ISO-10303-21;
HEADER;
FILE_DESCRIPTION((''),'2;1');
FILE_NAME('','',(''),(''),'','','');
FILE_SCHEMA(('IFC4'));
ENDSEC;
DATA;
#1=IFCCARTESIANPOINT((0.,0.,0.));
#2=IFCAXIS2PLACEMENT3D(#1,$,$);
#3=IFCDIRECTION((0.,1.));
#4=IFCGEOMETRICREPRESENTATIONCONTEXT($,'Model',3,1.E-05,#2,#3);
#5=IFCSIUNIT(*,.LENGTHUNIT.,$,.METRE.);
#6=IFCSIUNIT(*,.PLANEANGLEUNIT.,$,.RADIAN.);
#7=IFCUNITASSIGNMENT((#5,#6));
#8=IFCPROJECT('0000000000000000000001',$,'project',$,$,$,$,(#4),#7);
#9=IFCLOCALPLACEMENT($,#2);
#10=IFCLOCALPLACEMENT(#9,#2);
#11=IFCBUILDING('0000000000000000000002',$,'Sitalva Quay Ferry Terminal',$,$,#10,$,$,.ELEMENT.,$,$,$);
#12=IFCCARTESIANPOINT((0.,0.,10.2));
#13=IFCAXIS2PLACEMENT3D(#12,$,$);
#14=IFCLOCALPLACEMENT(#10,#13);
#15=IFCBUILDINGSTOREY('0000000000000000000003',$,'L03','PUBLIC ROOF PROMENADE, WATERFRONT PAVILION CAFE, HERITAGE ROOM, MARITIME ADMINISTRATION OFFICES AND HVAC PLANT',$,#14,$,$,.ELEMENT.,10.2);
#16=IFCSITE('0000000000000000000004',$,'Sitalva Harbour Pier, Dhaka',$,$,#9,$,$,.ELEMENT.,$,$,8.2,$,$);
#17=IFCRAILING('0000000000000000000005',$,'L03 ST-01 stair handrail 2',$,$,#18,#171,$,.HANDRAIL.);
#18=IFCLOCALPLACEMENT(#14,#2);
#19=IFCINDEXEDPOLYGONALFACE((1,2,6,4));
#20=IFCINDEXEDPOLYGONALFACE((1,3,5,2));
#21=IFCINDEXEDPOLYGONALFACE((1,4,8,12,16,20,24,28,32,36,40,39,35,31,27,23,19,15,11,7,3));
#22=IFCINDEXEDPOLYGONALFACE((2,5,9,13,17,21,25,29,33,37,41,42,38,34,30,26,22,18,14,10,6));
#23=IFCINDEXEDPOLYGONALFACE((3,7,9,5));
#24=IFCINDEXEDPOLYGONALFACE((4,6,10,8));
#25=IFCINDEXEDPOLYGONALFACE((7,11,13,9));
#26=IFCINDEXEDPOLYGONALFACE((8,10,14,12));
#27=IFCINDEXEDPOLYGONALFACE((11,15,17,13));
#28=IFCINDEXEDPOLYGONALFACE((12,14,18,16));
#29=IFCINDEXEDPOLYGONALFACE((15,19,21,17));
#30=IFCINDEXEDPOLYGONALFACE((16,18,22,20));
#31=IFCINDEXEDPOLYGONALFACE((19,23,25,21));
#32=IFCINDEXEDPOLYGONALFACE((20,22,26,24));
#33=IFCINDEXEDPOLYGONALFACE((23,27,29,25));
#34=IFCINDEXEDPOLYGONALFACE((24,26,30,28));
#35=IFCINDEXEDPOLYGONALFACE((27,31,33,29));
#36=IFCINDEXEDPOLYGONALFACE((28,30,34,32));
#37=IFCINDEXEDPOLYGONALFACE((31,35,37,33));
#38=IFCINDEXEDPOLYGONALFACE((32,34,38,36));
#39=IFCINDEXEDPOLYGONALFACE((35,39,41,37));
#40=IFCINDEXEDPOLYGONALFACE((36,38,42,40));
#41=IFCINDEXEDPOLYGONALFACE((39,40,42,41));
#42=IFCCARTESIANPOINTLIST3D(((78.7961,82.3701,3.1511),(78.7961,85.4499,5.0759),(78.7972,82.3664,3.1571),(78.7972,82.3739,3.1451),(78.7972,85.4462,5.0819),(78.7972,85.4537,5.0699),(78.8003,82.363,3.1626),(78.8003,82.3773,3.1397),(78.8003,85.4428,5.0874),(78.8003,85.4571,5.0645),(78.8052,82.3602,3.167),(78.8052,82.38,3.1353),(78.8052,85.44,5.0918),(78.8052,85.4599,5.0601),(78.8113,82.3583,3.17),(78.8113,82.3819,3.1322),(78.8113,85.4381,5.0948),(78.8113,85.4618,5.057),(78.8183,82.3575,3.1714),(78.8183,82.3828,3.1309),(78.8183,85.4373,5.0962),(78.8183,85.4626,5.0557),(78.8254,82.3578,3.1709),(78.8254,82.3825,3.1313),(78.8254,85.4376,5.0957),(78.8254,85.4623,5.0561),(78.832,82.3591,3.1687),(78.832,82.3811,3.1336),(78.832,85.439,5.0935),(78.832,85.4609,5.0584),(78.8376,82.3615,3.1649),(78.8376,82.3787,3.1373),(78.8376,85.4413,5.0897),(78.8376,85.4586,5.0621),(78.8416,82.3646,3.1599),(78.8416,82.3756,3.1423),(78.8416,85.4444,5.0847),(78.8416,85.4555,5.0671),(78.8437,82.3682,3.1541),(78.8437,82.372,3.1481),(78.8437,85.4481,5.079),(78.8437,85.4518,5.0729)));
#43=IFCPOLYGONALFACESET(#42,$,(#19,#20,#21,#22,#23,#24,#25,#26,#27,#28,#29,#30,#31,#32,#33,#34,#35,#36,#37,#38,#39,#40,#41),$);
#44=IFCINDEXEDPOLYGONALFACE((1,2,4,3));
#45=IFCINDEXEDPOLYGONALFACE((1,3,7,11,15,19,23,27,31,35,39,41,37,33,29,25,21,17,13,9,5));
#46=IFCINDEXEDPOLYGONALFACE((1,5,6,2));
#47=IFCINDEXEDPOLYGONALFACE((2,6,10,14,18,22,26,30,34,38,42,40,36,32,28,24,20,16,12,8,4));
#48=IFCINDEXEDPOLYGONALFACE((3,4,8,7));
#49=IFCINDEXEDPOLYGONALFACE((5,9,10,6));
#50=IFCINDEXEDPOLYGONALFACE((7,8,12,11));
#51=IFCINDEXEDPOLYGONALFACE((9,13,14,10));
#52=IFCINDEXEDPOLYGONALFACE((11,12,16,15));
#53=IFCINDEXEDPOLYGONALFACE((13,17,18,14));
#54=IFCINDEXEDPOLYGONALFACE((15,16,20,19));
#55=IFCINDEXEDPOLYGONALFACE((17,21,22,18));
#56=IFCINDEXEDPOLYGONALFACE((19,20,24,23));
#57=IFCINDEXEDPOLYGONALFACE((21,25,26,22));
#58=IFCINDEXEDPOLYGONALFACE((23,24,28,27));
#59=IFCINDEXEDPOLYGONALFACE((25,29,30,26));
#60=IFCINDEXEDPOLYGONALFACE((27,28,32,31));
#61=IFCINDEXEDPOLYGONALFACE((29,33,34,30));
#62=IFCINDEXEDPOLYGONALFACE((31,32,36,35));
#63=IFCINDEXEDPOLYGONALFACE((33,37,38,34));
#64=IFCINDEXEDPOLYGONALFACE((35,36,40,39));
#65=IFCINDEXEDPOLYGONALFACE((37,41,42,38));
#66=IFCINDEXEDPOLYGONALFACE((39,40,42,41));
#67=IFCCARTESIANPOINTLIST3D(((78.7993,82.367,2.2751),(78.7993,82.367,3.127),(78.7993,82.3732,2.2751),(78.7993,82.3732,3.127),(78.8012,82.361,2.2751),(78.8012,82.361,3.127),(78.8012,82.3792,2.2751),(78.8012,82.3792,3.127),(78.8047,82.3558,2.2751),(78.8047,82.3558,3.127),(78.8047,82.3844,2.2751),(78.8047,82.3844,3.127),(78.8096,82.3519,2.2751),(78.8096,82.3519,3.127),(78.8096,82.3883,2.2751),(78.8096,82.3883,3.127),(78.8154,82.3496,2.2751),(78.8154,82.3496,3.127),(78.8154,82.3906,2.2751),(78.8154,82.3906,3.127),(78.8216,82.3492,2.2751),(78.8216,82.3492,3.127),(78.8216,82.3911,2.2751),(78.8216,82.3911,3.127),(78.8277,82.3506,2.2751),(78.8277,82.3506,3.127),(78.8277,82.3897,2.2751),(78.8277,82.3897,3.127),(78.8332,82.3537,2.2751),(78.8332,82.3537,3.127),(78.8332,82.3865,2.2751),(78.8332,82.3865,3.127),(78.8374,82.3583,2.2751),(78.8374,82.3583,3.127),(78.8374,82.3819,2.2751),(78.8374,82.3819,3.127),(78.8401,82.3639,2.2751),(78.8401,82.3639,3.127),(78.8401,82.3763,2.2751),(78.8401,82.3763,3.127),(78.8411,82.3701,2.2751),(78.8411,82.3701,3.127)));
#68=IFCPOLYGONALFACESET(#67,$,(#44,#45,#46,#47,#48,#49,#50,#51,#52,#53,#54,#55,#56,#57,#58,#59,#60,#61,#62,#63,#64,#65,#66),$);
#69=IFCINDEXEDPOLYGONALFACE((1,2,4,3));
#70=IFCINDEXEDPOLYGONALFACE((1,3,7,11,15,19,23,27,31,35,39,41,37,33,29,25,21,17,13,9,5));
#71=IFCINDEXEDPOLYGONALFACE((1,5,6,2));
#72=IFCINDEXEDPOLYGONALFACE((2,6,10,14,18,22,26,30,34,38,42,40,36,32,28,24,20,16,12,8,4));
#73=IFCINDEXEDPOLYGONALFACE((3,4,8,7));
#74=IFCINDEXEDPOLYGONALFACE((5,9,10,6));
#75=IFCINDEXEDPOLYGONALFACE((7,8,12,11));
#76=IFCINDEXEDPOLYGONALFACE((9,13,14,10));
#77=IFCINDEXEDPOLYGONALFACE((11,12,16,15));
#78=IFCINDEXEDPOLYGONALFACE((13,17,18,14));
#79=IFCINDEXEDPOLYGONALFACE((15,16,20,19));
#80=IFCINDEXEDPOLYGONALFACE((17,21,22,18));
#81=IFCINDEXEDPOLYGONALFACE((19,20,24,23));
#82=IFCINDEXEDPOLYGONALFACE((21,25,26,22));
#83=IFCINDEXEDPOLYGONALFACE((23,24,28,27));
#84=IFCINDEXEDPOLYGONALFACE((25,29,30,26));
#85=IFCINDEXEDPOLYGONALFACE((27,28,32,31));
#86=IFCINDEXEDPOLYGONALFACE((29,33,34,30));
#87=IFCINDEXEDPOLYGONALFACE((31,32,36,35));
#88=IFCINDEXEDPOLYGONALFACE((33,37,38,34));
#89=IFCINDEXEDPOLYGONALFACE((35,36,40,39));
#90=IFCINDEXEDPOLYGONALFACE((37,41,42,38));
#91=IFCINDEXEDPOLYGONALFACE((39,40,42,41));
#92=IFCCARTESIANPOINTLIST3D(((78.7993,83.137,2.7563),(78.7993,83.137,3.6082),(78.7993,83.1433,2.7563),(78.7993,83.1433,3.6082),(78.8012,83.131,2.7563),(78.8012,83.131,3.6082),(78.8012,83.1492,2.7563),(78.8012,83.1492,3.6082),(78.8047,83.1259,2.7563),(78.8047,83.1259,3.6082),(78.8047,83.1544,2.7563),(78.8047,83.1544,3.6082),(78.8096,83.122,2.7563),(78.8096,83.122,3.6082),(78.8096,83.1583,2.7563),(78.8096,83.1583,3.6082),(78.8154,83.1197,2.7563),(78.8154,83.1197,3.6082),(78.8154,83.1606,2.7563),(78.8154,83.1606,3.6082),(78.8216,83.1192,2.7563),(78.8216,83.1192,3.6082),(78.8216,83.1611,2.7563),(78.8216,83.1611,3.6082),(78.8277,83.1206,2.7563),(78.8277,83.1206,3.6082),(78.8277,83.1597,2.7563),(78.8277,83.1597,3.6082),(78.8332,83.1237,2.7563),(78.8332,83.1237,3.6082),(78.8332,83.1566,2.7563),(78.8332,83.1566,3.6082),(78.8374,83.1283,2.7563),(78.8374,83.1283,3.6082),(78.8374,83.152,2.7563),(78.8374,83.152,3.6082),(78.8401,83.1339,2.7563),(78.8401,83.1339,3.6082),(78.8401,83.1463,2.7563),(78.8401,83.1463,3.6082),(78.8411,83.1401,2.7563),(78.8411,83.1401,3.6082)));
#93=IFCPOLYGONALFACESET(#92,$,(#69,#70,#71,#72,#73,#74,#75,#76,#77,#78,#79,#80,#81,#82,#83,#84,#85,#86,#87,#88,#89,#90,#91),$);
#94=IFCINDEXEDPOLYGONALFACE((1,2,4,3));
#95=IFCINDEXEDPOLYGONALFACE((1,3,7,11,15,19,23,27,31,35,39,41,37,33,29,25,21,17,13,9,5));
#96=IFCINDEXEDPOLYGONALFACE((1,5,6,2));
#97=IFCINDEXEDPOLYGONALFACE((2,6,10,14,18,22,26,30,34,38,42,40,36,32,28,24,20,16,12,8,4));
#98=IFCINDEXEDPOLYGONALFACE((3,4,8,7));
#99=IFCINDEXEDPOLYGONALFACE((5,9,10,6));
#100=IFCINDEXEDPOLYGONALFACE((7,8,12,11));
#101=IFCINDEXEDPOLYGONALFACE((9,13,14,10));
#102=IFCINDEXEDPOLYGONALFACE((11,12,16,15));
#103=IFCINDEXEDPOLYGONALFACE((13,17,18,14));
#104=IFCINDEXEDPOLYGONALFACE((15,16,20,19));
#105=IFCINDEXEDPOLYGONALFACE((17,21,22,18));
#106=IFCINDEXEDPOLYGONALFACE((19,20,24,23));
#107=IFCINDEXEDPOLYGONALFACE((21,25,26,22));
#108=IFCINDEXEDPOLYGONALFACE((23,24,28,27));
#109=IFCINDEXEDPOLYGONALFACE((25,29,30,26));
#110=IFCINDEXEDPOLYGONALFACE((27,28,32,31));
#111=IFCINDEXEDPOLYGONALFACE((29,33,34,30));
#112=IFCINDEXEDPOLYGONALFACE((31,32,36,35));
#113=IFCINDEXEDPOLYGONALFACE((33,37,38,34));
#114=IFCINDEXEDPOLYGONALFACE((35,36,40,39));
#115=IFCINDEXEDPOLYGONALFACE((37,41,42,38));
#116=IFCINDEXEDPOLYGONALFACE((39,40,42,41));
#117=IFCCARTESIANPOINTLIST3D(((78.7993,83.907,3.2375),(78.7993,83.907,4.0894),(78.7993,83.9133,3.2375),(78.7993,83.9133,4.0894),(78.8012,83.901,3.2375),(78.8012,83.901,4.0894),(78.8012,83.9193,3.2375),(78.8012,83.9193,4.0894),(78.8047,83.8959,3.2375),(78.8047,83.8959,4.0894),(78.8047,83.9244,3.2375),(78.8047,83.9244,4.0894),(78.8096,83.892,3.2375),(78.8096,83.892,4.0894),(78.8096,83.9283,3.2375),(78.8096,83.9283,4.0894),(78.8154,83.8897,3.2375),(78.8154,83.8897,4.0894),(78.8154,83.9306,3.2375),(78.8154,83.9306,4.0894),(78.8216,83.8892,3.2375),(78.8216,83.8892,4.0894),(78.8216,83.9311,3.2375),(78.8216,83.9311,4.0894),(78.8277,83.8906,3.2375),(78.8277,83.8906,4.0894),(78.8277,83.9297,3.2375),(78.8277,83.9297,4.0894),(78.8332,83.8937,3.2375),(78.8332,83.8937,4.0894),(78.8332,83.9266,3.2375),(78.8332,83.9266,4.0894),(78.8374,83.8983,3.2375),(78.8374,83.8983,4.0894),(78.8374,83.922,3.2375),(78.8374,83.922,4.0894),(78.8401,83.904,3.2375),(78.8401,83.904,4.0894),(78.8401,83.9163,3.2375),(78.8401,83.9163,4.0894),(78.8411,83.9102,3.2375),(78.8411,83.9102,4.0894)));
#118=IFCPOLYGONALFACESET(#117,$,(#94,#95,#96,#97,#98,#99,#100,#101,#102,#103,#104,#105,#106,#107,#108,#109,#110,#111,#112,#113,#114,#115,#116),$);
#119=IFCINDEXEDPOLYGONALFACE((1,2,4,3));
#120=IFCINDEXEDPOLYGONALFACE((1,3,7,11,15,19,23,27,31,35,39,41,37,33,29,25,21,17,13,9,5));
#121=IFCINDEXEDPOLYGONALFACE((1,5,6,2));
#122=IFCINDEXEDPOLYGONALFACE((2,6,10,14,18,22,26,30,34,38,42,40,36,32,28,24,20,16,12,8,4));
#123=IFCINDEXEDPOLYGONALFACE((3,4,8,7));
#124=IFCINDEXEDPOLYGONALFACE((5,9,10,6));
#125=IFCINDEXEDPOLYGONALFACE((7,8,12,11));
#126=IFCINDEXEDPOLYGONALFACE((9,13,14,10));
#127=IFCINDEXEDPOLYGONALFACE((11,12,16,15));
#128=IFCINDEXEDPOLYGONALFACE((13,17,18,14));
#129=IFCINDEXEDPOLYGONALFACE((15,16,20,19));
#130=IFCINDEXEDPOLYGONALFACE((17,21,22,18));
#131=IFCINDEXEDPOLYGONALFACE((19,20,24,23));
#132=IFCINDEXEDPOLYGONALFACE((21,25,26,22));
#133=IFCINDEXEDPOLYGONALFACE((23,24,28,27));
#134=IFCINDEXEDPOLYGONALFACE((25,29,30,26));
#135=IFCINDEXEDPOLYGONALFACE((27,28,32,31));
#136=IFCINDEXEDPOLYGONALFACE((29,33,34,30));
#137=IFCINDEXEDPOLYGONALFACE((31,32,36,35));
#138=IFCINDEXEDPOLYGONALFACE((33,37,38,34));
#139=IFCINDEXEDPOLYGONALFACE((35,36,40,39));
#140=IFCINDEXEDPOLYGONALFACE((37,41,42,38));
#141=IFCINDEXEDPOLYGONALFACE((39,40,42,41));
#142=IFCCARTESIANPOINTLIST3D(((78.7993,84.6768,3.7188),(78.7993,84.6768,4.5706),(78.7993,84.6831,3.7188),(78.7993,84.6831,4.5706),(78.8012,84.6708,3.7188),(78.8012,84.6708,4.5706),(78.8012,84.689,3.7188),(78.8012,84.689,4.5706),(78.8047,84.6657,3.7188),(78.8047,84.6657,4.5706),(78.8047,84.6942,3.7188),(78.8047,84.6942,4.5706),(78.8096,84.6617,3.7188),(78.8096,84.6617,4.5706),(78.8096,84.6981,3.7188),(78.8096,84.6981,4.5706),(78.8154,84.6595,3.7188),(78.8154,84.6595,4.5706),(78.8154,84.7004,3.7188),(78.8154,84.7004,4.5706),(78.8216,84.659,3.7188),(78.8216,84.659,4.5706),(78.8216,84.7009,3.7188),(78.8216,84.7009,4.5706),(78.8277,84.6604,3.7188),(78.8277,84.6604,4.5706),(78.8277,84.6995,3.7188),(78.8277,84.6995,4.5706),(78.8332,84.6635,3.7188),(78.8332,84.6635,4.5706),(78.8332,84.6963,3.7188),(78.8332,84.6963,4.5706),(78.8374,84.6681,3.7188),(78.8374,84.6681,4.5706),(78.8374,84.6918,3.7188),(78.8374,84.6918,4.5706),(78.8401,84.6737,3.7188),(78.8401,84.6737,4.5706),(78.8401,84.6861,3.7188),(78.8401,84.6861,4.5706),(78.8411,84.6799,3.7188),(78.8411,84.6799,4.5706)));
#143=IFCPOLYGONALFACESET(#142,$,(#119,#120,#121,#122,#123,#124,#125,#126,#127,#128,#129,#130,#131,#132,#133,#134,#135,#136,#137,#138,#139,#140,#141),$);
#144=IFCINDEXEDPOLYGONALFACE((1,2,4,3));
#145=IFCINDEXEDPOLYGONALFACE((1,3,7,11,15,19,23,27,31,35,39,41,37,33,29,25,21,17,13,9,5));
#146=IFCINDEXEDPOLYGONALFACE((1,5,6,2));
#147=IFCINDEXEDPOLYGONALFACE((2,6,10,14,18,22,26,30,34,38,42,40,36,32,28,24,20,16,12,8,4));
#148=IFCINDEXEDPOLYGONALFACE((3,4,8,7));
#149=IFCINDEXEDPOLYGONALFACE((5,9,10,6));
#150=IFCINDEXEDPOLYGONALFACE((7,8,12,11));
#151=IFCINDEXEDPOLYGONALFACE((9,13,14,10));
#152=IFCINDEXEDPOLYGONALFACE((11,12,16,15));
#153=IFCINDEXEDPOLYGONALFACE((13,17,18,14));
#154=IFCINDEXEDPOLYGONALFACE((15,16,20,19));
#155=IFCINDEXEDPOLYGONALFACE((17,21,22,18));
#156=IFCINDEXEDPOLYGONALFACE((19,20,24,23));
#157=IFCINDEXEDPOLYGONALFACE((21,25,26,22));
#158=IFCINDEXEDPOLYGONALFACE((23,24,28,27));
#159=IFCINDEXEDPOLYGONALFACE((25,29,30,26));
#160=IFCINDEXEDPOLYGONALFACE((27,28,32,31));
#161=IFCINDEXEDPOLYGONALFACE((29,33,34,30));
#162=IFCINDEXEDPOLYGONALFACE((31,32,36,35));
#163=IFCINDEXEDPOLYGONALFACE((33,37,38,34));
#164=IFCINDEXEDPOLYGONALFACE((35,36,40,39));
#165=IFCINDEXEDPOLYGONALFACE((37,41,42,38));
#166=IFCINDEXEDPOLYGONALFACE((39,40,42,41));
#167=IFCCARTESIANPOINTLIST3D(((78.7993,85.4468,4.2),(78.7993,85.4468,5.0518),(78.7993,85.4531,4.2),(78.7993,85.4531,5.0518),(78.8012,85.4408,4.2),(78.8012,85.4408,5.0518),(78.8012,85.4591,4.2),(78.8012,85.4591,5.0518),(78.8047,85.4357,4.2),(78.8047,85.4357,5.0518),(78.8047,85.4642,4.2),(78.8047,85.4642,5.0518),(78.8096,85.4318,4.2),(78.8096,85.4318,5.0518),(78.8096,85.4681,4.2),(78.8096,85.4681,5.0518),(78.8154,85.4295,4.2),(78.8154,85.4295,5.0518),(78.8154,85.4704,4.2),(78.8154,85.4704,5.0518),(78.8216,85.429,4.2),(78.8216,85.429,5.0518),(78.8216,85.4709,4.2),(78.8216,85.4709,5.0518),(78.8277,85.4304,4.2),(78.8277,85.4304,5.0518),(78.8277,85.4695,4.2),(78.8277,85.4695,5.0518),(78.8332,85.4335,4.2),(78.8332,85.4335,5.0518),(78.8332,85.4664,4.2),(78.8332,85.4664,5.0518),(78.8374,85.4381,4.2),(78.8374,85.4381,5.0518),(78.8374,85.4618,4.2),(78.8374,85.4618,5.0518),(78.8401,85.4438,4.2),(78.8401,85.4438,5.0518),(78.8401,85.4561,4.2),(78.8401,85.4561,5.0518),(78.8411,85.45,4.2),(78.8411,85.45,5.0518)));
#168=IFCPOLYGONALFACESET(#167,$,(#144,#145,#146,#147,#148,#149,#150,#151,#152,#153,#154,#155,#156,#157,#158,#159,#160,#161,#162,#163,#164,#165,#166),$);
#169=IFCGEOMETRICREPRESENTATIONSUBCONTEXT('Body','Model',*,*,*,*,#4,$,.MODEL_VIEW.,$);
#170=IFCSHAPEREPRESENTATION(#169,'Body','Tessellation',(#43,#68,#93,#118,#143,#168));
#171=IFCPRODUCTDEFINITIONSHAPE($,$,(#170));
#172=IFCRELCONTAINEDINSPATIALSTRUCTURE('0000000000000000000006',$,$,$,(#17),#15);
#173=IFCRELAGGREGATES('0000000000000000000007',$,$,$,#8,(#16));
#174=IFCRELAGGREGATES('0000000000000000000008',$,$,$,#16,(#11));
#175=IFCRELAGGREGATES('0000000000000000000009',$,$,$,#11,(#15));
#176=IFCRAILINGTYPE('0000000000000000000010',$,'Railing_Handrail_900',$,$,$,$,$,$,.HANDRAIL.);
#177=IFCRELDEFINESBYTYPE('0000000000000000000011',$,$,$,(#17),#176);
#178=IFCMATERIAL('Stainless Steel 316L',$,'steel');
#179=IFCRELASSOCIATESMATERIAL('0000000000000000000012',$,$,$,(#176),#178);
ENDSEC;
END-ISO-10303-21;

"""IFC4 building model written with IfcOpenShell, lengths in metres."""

from ifc_helpers import new_model, si_unit, direction, frame, origin, origin_2d, place, context, subcontext, project, spatial, circle, extrude, material, type_object, element, save


model = new_model("IFC4")

# Units and contexts
model_context = context("Model", 3, precision=1e-05, world=origin(), true_north=direction((0.0, 1.0)))
body_context = subcontext(model_context, "Body", "Model", "MODEL_VIEW")
ifc_project = project(units=[si_unit("LENGTHUNIT", "METRE"), si_unit("PLANEANGLEUNIT", "RADIAN")], contexts=[model_context])

# Site, building, storey
site_placement = place(None, origin())
site = spatial("IfcSite", under=ifc_project, at=site_placement, Name="Sitalva Harbour Pier, Dhaka", CompositionType="ELEMENT", RefElevation=8.2)
building_placement = place(site_placement, origin())
building = spatial("IfcBuilding", under=site, at=building_placement, Name="Sitalva Quay Ferry Terminal", CompositionType="ELEMENT")
storey_placement = place(building_placement, frame((0.0, 0.0, 10.2)))
storey = spatial("IfcBuildingStorey", under=building, at=storey_placement, Name="L03", Description="PUBLIC ROOF PROMENADE, WATERFRONT PAVILION CAFE, HERITAGE ROOM, MARITIME ADMINISTRATION OFFICES AND HVAC PLANT", CompositionType="ELEMENT", Elevation=10.2)

# Railing
ifc_material_1 = material(Name="Stainless Steel 316L", Category="steel")
railing_type_1 = type_object("IfcRailingType", Name="Railing_Handrail_900", PredefinedType="HANDRAIL", material=ifc_material_1)
railing_1_placement = place(storey_placement, frame((78.8201, 82.3701, 2.2751)))
element("IfcRailing", 1, at=railing_1_placement, inside=storey, type_object=railing_type_1, Name="L03 ST-01 stair handrail 2", PredefinedType="HANDRAIL", context=body_context, shape_type="SweptSolid", body=[
    extrude(circle(Radius=0.0239, at=origin_2d()), frame((0.0, 0.0, 0.876), z_axis=(0.0, 0.84801, 0.529981), x_axis=(-1.0, 0.0, 0.0)), (0.0, 0.0, 1.0), 3.6318),
    extrude(circle(Radius=0.021, at=origin_2d()), origin(), (0.0, 0.0, 1.0), 0.8518),
    extrude(circle(Radius=0.021, at=origin_2d()), frame((0.0, 0.77, 0.4812)), (0.0, 0.0, 1.0), 0.8518),
    extrude(circle(Radius=0.021, at=origin_2d()), frame((0.0, 1.54, 0.9624)), (0.0, 0.0, 1.0), 0.8518),
    extrude(circle(Radius=0.021, at=origin_2d()), frame((0.0, 2.3098, 1.4436)), (0.0, 0.0, 1.0), 0.8518),
    extrude(circle(Radius=0.021, at=origin_2d()), frame((0.0, 3.0798, 1.9248)), (0.0, 0.0, 1.0), 0.8518),
])

save(model, "model.ifc")
